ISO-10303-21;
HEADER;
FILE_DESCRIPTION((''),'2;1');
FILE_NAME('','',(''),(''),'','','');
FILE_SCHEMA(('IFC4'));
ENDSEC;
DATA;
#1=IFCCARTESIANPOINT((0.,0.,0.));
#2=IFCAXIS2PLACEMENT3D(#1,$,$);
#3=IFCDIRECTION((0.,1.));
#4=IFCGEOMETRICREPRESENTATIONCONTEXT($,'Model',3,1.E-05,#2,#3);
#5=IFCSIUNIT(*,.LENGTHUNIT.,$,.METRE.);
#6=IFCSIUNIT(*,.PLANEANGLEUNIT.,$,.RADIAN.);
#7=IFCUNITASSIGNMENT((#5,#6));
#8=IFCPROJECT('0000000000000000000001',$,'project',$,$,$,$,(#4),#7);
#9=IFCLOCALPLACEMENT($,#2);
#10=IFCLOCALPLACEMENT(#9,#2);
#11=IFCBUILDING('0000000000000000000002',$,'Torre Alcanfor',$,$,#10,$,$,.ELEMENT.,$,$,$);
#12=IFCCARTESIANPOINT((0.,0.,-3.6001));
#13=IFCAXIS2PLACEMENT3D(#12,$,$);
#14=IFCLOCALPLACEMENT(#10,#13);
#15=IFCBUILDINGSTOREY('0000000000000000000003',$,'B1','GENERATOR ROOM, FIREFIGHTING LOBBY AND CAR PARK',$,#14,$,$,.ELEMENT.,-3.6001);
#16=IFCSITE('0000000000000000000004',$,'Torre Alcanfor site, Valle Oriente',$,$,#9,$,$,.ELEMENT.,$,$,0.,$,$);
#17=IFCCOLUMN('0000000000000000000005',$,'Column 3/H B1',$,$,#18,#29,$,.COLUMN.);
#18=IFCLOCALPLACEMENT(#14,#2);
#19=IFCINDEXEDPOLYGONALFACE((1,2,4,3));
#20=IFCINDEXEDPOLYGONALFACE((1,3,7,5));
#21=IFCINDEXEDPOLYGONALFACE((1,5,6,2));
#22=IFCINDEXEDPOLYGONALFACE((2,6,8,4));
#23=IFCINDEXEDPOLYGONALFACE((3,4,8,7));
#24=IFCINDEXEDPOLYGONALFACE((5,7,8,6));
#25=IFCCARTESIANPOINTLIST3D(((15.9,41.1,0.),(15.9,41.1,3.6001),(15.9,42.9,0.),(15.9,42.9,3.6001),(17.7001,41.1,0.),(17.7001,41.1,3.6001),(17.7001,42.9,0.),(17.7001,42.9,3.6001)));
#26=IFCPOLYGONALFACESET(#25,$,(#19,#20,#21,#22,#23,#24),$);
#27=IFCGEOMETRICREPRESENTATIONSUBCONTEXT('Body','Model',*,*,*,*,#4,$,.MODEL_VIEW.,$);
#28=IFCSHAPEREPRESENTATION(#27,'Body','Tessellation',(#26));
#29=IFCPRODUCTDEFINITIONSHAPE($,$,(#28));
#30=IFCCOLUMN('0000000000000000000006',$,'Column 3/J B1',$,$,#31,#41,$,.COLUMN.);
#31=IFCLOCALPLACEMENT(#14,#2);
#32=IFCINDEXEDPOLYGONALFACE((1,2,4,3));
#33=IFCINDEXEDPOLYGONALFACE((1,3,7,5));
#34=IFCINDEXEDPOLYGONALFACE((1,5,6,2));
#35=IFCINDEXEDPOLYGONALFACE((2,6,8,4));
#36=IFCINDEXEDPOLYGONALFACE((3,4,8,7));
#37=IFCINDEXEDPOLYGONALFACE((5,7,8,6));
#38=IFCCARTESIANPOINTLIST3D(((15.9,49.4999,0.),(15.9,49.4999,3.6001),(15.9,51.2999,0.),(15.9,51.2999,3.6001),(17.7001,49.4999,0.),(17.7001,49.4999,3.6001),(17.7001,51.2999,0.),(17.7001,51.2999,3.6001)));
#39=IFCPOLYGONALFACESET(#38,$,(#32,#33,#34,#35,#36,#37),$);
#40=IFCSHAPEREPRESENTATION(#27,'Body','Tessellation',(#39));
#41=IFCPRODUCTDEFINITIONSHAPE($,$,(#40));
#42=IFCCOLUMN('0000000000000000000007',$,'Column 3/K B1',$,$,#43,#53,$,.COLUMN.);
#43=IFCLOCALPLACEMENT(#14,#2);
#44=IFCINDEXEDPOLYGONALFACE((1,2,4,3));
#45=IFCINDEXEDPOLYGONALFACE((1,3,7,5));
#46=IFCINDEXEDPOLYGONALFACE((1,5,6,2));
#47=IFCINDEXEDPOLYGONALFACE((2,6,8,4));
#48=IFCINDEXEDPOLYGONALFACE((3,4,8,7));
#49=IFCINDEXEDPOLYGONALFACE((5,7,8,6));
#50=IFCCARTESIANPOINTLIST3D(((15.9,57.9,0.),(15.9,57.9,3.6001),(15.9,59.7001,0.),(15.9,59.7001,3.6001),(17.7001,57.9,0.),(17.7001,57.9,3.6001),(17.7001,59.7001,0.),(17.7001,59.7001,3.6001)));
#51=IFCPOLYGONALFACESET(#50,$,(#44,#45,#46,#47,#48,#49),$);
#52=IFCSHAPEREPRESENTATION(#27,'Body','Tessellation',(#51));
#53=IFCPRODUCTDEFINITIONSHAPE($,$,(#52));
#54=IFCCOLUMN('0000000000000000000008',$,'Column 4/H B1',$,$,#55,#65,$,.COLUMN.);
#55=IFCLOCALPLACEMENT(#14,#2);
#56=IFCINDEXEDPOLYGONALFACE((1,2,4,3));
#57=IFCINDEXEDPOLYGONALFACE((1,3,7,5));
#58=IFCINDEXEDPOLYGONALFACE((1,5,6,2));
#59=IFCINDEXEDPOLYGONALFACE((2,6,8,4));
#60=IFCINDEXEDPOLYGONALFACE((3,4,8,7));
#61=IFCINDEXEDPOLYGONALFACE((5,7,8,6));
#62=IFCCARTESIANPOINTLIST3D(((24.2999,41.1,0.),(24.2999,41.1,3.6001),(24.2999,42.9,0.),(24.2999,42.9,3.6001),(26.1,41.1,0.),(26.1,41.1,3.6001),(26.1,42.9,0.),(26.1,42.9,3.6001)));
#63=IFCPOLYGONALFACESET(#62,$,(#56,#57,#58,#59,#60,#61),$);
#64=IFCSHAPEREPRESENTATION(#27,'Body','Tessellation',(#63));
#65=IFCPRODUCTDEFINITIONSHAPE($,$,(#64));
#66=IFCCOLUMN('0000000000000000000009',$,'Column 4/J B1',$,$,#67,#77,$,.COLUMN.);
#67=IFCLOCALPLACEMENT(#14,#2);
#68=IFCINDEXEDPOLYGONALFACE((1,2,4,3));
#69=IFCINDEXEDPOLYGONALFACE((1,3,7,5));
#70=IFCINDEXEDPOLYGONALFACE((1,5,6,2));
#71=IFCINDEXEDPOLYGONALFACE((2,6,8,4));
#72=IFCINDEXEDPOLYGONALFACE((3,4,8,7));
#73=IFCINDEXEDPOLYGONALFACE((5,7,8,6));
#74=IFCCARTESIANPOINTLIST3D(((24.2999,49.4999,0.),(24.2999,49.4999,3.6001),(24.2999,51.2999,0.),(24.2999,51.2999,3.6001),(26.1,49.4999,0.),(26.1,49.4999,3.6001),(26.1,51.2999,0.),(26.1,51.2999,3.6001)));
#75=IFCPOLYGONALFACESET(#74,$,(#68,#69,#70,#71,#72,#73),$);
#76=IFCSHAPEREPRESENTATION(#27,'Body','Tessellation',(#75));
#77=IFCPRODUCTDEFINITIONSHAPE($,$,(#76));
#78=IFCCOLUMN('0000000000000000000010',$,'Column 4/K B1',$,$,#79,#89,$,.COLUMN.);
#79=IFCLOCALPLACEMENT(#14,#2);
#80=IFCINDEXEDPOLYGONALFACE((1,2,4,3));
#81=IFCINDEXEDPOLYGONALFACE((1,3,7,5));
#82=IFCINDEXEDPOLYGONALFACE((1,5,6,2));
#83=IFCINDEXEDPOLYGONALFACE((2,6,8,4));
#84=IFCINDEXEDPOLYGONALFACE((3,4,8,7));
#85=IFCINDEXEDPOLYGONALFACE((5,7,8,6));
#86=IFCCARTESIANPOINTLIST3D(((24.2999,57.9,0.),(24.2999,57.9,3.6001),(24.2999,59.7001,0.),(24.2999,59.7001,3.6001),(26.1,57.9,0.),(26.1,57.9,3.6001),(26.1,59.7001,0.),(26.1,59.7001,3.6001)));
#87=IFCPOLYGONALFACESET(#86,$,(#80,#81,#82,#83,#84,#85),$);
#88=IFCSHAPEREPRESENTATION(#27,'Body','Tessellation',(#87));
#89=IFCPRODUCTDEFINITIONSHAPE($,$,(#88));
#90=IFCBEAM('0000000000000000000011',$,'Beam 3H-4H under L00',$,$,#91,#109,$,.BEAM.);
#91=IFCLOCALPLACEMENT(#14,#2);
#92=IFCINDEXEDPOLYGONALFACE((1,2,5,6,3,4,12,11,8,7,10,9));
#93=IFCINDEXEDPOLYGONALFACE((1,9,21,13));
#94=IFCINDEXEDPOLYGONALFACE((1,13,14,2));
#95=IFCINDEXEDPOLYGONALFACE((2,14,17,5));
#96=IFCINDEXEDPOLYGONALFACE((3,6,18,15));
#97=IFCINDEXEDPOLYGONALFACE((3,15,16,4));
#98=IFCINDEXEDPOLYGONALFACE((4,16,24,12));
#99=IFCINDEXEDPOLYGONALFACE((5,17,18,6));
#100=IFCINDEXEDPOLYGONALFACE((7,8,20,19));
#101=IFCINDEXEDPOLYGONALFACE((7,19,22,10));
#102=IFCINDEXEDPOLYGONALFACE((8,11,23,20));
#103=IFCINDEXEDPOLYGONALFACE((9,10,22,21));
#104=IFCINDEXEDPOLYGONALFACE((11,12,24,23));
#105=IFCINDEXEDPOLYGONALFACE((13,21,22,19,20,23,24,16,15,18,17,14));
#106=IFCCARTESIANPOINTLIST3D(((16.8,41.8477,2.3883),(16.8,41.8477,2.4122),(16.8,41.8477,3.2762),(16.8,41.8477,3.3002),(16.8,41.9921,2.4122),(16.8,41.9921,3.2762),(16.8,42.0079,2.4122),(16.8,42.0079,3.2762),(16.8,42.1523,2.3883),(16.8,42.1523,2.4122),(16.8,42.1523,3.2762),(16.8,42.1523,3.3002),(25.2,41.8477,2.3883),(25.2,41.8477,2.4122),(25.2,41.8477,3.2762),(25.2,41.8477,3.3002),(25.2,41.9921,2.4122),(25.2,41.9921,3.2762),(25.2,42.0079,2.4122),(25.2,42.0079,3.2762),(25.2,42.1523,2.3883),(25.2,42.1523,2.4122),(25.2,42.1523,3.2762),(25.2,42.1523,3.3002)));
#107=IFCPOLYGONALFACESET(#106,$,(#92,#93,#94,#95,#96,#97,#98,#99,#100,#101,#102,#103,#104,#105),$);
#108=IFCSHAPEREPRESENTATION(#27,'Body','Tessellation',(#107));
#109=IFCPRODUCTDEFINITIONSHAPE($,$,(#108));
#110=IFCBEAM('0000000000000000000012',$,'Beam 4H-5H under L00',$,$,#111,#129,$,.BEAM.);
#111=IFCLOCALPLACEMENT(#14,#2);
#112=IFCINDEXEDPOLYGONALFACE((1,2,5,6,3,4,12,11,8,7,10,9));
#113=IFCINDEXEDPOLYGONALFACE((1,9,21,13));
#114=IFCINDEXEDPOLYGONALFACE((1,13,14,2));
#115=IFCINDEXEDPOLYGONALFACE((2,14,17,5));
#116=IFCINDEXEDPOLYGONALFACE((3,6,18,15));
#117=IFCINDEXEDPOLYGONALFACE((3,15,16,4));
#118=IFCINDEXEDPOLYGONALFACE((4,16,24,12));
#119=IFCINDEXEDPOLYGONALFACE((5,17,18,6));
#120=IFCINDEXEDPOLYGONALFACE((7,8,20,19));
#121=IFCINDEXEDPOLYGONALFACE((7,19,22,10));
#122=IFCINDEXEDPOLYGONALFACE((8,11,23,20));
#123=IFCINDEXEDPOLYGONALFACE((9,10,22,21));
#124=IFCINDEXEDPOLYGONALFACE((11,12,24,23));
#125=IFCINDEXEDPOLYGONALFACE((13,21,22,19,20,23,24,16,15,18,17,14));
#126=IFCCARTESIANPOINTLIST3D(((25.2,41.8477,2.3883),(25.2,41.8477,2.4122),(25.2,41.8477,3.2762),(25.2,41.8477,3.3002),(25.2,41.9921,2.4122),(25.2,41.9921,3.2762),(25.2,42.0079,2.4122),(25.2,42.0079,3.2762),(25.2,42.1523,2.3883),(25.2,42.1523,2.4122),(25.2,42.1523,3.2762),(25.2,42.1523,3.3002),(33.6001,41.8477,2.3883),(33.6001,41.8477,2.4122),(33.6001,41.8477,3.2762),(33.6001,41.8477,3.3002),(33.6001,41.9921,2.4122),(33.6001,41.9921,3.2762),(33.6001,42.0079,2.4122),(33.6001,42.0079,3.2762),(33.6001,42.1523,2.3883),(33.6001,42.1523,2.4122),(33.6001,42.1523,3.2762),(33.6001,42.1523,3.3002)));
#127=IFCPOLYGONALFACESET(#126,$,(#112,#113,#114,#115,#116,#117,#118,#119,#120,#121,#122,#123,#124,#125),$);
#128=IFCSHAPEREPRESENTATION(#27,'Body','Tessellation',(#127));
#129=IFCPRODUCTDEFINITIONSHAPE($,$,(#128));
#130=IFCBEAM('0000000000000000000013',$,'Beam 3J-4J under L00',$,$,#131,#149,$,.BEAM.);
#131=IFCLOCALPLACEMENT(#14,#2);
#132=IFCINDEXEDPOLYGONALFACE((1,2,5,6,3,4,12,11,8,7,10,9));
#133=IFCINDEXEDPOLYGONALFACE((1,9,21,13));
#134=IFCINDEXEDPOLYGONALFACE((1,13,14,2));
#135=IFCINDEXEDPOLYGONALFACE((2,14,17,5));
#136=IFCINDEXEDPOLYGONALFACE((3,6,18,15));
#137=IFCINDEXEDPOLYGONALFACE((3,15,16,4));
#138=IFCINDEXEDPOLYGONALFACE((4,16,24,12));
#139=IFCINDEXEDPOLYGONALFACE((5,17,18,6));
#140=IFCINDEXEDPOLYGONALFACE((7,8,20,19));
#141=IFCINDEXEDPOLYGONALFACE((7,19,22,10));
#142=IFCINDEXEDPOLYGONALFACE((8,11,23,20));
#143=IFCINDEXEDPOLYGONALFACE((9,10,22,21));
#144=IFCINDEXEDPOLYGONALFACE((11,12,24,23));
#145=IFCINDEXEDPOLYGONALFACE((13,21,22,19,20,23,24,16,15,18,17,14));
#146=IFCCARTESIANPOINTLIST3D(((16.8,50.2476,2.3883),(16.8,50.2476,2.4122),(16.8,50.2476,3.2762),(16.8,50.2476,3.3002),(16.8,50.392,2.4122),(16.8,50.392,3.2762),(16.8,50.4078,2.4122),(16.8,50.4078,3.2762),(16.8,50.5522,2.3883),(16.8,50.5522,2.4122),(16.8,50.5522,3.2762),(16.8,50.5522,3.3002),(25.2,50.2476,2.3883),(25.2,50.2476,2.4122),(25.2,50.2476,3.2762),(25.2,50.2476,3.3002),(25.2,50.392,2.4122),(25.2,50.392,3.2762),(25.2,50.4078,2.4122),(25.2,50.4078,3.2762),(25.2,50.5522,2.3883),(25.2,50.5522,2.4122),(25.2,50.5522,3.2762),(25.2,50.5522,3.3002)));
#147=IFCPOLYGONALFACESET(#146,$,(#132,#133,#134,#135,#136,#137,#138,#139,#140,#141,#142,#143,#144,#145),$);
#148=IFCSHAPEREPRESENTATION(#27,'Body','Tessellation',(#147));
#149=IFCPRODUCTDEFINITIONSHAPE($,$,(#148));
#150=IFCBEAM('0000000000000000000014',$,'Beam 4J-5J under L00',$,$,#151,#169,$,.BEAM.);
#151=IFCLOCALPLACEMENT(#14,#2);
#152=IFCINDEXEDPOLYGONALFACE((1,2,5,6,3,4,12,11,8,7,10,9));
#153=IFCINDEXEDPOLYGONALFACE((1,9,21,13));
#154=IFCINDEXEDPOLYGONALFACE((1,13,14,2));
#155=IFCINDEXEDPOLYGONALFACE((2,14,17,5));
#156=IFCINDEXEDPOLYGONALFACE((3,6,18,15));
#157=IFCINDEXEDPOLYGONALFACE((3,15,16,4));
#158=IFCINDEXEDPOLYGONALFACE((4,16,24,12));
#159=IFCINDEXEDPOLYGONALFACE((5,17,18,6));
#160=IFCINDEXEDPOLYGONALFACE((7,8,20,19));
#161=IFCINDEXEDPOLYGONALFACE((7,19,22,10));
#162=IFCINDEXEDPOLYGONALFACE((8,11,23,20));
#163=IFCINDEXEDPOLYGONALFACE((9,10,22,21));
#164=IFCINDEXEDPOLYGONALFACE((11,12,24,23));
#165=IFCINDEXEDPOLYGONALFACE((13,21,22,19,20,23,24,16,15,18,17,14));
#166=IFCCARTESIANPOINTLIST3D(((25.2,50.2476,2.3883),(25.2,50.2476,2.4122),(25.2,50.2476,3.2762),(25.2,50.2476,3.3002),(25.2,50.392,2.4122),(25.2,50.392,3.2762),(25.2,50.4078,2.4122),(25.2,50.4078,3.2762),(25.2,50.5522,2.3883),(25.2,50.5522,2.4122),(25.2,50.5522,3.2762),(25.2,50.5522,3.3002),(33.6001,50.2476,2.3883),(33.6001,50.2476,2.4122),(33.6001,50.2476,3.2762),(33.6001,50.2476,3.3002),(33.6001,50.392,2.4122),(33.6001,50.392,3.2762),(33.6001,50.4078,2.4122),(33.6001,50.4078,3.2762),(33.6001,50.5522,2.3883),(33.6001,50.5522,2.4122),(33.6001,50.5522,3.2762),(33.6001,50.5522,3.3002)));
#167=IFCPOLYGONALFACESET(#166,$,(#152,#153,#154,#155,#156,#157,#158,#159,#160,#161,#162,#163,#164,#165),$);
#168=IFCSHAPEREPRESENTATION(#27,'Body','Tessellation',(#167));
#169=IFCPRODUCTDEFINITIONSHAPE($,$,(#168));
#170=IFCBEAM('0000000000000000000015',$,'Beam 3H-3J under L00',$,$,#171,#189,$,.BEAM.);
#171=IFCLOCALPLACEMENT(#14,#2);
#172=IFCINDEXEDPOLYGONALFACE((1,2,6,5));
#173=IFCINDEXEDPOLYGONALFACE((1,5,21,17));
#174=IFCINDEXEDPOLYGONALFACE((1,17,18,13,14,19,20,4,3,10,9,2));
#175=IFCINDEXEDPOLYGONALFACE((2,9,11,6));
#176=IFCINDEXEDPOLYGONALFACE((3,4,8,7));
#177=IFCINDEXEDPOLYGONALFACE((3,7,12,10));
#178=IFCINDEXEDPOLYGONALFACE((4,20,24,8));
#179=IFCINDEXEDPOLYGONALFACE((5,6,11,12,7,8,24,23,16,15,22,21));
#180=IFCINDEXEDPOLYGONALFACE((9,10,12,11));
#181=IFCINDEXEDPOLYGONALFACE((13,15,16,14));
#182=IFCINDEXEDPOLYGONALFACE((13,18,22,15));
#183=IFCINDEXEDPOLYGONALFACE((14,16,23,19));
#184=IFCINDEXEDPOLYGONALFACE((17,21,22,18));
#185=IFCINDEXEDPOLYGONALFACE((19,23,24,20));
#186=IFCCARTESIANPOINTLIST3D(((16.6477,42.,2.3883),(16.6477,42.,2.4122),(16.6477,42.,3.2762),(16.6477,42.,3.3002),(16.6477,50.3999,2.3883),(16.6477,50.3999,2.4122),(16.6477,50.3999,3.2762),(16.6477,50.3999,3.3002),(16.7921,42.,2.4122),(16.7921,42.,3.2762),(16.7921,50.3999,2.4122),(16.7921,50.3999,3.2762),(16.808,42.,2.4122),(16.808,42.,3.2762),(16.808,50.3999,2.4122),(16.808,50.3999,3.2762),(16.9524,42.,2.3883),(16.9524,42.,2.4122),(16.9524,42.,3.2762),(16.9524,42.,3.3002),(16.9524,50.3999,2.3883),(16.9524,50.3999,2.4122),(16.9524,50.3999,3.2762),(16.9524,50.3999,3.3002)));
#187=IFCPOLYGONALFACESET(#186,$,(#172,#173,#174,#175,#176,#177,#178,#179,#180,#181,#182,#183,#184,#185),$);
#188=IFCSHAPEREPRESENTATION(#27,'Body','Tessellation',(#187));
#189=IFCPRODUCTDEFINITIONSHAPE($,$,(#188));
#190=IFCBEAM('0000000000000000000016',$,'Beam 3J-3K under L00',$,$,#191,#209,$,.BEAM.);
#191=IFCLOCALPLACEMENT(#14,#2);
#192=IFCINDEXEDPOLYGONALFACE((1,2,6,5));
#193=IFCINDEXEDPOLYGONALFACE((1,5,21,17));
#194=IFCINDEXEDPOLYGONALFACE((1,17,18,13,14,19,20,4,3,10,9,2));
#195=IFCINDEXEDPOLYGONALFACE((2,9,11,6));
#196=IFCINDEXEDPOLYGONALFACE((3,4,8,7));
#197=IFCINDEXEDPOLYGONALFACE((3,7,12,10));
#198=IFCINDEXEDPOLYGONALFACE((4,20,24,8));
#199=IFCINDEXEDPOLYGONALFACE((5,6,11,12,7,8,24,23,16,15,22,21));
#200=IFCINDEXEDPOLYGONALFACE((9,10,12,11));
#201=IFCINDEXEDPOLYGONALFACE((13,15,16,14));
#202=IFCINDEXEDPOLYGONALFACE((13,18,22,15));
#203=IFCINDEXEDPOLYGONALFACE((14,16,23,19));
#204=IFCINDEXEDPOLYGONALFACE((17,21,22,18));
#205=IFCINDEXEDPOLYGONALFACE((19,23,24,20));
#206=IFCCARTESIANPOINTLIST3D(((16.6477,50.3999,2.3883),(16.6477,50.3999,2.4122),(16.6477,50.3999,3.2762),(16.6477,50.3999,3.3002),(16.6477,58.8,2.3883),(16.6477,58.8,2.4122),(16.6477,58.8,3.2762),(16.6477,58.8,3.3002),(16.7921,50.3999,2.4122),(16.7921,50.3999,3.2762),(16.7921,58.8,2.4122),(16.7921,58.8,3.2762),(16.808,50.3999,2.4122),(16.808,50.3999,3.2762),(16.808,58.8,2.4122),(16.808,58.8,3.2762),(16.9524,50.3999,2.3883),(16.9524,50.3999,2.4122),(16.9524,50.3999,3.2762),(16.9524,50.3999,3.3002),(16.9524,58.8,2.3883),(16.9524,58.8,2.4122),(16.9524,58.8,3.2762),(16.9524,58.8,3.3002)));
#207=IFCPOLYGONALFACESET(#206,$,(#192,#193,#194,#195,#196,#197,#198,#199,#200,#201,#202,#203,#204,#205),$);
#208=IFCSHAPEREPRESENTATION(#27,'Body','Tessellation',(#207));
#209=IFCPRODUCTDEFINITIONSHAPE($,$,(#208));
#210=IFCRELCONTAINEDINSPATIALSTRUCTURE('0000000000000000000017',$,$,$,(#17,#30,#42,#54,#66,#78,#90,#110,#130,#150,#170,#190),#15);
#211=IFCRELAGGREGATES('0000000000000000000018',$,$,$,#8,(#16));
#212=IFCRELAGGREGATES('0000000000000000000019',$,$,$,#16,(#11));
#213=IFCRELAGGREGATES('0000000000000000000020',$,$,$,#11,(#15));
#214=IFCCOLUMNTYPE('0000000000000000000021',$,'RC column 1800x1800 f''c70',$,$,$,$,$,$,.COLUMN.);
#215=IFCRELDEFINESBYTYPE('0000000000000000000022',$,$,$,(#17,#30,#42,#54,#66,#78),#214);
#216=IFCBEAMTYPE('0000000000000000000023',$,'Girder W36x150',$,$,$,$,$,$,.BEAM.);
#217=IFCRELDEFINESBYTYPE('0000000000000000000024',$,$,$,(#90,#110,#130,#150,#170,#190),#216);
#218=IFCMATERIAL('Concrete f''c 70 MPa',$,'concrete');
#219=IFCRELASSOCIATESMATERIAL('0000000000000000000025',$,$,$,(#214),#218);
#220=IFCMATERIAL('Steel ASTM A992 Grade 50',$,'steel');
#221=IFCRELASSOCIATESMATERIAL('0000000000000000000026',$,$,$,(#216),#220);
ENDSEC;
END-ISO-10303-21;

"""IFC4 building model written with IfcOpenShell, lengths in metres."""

from ifc_helpers import new_model, si_unit, direction, frame, origin, origin_2d, place, context, subcontext, project, spatial, rectangle, i_section, extrude, material, material_profile, profile_set, type_object, element, save


model = new_model("IFC4")

# Units and contexts
model_context = context("Model", 3, precision=1e-05, world=origin(), true_north=direction((0.0, 1.0)))
body_context = subcontext(model_context, "Body", "Model", "MODEL_VIEW")
ifc_project = project(units=[si_unit("LENGTHUNIT", "METRE"), si_unit("PLANEANGLEUNIT", "RADIAN")], contexts=[model_context])

# Site, building, storey
site_placement = place(None, origin())
site = spatial("IfcSite", under=ifc_project, at=site_placement, Name="Torre Alcanfor site, Valle Oriente", CompositionType="ELEMENT", RefElevation=0.0)
building_placement = place(site_placement, origin())
building = spatial("IfcBuilding", under=site, at=building_placement, Name="Torre Alcanfor", CompositionType="ELEMENT")
storey_placement = place(building_placement, frame((0.0, 0.0, -3.6001)))
storey = spatial("IfcBuildingStorey", under=building, at=storey_placement, Name="B1", Description="GENERATOR ROOM, FIREFIGHTING LOBBY AND CAR PARK", CompositionType="ELEMENT", Elevation=-3.6001)

# Columns
ifc_material_1 = material(Name="Concrete f'c 70 MPa", Category="concrete")
ifc_material_profile_1 = material_profile(ifc_material_1, rectangle(XDim=1.8, YDim=1.8, at=origin_2d()), Name="1800x1800")
ifc_profile_set_1 = profile_set([ifc_material_profile_1], Name="Concrete f'c 70 MPa")
column_type = type_object("IfcColumnType", Name="RC column 1800x1800 f'c70", PredefinedType="COLUMN", material=ifc_profile_set_1)
for number, where, z_axis, x_axis, name in (
    (1, (16.8, 42.0, 0.0), (0.0, 0.0, 1.0), (1.0, 0.0, 0.0), "Column 3/H B1"),
    (2, (16.8, 50.3999, 0.0), (0.0, 0.0, 1.0), (1.0, 0.0, 0.0), "Column 3/J B1"),
    (3, (16.8, 58.8, 0.0), (0.0, 0.0, 1.0), (1.0, 0.0, 0.0), "Column 3/K B1"),
    (4, (25.2, 42.0, 0.0), (0.0, 0.0, 1.0), (1.0, 0.0, 0.0), "Column 4/H B1"),
    (5, (25.2, 50.3999, 0.0), (0.0, 0.0, 1.0), (1.0, 0.0, 0.0), "Column 4/J B1"),
    (6, (25.2, 58.8, 0.0), (0.0, 0.0, 1.0), (1.0, 0.0, 0.0), "Column 4/K B1"),
):
    element("IfcColumn", number, at=place(storey_placement, frame(where, z_axis=z_axis, x_axis=x_axis)), inside=storey, type_object=column_type, Name=name, PredefinedType="COLUMN", context=body_context, shape_type="SweptSolid", body=[
        extrude(rectangle(XDim=1.8, YDim=1.8, at=origin_2d()), origin(), (0.0, 0.0, 1.0), 3.6001),
    ])

# Beams
ifc_material_2 = material(Name="Steel ASTM A992 Grade 50", Category="steel")
ifc_material_profile_2 = material_profile(ifc_material_2, i_section(OverallWidth=0.3047, OverallDepth=0.9119, WebThickness=0.0159, FlangeThickness=0.0239, at=origin_2d()), Name="W36x150")
ifc_profile_set_2 = profile_set([ifc_material_profile_2], Name="Steel ASTM A992 Grade 50")
beam_type_1 = type_object("IfcBeamType", Name="Girder W36x150", PredefinedType="BEAM", material=ifc_profile_set_2)
beam_1_placement = place(storey_placement, frame((16.8, 42.0, 2.8442), z_axis=(1.0, 0.0, 0.0), x_axis=(0.0, 1.0, 0.0)))
element("IfcBeam", 7, at=beam_1_placement, inside=storey, type_object=beam_type_1, Name="Beam 3H-4H under L00", PredefinedType="BEAM", context=body_context, shape_type="SweptSolid", body=[
    extrude(i_section(OverallWidth=0.3047, OverallDepth=0.9119, WebThickness=0.0159, FlangeThickness=0.0239, at=origin_2d()), origin(), (0.0, 0.0, 1.0), 8.3999),
])
beam_2_placement = place(storey_placement, frame((25.2, 42.0, 2.8442), z_axis=(1.0, 0.0, 0.0), x_axis=(0.0, 1.0, 0.0)))
element("IfcBeam", 8, at=beam_2_placement, inside=storey, type_object=beam_type_1, Name="Beam 4H-5H under L00", PredefinedType="BEAM", context=body_context, shape_type="SweptSolid", body=[
    extrude(i_section(OverallWidth=0.3047, OverallDepth=0.9119, WebThickness=0.0159, FlangeThickness=0.0239, at=origin_2d()), origin(), (0.0, 0.0, 1.0), 8.4001),
])
beam_3_placement = place(storey_placement, frame((16.8, 50.3999, 2.8442), z_axis=(1.0, 0.0, 0.0), x_axis=(0.0, 1.0, 0.0)))
element("IfcBeam", 9, at=beam_3_placement, inside=storey, type_object=beam_type_1, Name="Beam 3J-4J under L00", PredefinedType="BEAM", context=body_context, shape_type="SweptSolid", body=[
    extrude(i_section(OverallWidth=0.3047, OverallDepth=0.9119, WebThickness=0.0159, FlangeThickness=0.0239, at=origin_2d()), origin(), (0.0, 0.0, 1.0), 8.3999),
])
beam_4_placement = place(storey_placement, frame((25.2, 50.3999, 2.8442), z_axis=(1.0, 0.0, 0.0), x_axis=(0.0, 1.0, 0.0)))
element("IfcBeam", 10, at=beam_4_placement, inside=storey, type_object=beam_type_1, Name="Beam 4J-5J under L00", PredefinedType="BEAM", context=body_context, shape_type="SweptSolid", body=[
    extrude(i_section(OverallWidth=0.3047, OverallDepth=0.9119, WebThickness=0.0159, FlangeThickness=0.0239, at=origin_2d()), origin(), (0.0, 0.0, 1.0), 8.4001),
])
beam_5_placement = place(storey_placement, frame((16.8, 42.0, 2.8442), z_axis=(0.0, 1.0, 0.0), x_axis=(-1.0, 0.0, 0.0)))
element("IfcBeam", 11, at=beam_5_placement, inside=storey, type_object=beam_type_1, Name="Beam 3H-3J under L00", PredefinedType="BEAM", context=body_context, shape_type="SweptSolid", body=[
    extrude(i_section(OverallWidth=0.3047, OverallDepth=0.9119, WebThickness=0.0159, FlangeThickness=0.0239, at=origin_2d()), origin(), (0.0, 0.0, 1.0), 8.3999),
])
beam_6_placement = place(storey_placement, frame((16.8, 50.3999, 2.8442), z_axis=(0.0, 1.0, 0.0), x_axis=(-1.0, 0.0, 0.0)))
element("IfcBeam", 12, at=beam_6_placement, inside=storey, type_object=beam_type_1, Name="Beam 3J-3K under L00", PredefinedType="BEAM", context=body_context, shape_type="SweptSolid", body=[
    extrude(i_section(OverallWidth=0.3047, OverallDepth=0.9119, WebThickness=0.0159, FlangeThickness=0.0239, at=origin_2d()), origin(), (0.0, 0.0, 1.0), 8.4001),
])

save(model, "model.ifc")
